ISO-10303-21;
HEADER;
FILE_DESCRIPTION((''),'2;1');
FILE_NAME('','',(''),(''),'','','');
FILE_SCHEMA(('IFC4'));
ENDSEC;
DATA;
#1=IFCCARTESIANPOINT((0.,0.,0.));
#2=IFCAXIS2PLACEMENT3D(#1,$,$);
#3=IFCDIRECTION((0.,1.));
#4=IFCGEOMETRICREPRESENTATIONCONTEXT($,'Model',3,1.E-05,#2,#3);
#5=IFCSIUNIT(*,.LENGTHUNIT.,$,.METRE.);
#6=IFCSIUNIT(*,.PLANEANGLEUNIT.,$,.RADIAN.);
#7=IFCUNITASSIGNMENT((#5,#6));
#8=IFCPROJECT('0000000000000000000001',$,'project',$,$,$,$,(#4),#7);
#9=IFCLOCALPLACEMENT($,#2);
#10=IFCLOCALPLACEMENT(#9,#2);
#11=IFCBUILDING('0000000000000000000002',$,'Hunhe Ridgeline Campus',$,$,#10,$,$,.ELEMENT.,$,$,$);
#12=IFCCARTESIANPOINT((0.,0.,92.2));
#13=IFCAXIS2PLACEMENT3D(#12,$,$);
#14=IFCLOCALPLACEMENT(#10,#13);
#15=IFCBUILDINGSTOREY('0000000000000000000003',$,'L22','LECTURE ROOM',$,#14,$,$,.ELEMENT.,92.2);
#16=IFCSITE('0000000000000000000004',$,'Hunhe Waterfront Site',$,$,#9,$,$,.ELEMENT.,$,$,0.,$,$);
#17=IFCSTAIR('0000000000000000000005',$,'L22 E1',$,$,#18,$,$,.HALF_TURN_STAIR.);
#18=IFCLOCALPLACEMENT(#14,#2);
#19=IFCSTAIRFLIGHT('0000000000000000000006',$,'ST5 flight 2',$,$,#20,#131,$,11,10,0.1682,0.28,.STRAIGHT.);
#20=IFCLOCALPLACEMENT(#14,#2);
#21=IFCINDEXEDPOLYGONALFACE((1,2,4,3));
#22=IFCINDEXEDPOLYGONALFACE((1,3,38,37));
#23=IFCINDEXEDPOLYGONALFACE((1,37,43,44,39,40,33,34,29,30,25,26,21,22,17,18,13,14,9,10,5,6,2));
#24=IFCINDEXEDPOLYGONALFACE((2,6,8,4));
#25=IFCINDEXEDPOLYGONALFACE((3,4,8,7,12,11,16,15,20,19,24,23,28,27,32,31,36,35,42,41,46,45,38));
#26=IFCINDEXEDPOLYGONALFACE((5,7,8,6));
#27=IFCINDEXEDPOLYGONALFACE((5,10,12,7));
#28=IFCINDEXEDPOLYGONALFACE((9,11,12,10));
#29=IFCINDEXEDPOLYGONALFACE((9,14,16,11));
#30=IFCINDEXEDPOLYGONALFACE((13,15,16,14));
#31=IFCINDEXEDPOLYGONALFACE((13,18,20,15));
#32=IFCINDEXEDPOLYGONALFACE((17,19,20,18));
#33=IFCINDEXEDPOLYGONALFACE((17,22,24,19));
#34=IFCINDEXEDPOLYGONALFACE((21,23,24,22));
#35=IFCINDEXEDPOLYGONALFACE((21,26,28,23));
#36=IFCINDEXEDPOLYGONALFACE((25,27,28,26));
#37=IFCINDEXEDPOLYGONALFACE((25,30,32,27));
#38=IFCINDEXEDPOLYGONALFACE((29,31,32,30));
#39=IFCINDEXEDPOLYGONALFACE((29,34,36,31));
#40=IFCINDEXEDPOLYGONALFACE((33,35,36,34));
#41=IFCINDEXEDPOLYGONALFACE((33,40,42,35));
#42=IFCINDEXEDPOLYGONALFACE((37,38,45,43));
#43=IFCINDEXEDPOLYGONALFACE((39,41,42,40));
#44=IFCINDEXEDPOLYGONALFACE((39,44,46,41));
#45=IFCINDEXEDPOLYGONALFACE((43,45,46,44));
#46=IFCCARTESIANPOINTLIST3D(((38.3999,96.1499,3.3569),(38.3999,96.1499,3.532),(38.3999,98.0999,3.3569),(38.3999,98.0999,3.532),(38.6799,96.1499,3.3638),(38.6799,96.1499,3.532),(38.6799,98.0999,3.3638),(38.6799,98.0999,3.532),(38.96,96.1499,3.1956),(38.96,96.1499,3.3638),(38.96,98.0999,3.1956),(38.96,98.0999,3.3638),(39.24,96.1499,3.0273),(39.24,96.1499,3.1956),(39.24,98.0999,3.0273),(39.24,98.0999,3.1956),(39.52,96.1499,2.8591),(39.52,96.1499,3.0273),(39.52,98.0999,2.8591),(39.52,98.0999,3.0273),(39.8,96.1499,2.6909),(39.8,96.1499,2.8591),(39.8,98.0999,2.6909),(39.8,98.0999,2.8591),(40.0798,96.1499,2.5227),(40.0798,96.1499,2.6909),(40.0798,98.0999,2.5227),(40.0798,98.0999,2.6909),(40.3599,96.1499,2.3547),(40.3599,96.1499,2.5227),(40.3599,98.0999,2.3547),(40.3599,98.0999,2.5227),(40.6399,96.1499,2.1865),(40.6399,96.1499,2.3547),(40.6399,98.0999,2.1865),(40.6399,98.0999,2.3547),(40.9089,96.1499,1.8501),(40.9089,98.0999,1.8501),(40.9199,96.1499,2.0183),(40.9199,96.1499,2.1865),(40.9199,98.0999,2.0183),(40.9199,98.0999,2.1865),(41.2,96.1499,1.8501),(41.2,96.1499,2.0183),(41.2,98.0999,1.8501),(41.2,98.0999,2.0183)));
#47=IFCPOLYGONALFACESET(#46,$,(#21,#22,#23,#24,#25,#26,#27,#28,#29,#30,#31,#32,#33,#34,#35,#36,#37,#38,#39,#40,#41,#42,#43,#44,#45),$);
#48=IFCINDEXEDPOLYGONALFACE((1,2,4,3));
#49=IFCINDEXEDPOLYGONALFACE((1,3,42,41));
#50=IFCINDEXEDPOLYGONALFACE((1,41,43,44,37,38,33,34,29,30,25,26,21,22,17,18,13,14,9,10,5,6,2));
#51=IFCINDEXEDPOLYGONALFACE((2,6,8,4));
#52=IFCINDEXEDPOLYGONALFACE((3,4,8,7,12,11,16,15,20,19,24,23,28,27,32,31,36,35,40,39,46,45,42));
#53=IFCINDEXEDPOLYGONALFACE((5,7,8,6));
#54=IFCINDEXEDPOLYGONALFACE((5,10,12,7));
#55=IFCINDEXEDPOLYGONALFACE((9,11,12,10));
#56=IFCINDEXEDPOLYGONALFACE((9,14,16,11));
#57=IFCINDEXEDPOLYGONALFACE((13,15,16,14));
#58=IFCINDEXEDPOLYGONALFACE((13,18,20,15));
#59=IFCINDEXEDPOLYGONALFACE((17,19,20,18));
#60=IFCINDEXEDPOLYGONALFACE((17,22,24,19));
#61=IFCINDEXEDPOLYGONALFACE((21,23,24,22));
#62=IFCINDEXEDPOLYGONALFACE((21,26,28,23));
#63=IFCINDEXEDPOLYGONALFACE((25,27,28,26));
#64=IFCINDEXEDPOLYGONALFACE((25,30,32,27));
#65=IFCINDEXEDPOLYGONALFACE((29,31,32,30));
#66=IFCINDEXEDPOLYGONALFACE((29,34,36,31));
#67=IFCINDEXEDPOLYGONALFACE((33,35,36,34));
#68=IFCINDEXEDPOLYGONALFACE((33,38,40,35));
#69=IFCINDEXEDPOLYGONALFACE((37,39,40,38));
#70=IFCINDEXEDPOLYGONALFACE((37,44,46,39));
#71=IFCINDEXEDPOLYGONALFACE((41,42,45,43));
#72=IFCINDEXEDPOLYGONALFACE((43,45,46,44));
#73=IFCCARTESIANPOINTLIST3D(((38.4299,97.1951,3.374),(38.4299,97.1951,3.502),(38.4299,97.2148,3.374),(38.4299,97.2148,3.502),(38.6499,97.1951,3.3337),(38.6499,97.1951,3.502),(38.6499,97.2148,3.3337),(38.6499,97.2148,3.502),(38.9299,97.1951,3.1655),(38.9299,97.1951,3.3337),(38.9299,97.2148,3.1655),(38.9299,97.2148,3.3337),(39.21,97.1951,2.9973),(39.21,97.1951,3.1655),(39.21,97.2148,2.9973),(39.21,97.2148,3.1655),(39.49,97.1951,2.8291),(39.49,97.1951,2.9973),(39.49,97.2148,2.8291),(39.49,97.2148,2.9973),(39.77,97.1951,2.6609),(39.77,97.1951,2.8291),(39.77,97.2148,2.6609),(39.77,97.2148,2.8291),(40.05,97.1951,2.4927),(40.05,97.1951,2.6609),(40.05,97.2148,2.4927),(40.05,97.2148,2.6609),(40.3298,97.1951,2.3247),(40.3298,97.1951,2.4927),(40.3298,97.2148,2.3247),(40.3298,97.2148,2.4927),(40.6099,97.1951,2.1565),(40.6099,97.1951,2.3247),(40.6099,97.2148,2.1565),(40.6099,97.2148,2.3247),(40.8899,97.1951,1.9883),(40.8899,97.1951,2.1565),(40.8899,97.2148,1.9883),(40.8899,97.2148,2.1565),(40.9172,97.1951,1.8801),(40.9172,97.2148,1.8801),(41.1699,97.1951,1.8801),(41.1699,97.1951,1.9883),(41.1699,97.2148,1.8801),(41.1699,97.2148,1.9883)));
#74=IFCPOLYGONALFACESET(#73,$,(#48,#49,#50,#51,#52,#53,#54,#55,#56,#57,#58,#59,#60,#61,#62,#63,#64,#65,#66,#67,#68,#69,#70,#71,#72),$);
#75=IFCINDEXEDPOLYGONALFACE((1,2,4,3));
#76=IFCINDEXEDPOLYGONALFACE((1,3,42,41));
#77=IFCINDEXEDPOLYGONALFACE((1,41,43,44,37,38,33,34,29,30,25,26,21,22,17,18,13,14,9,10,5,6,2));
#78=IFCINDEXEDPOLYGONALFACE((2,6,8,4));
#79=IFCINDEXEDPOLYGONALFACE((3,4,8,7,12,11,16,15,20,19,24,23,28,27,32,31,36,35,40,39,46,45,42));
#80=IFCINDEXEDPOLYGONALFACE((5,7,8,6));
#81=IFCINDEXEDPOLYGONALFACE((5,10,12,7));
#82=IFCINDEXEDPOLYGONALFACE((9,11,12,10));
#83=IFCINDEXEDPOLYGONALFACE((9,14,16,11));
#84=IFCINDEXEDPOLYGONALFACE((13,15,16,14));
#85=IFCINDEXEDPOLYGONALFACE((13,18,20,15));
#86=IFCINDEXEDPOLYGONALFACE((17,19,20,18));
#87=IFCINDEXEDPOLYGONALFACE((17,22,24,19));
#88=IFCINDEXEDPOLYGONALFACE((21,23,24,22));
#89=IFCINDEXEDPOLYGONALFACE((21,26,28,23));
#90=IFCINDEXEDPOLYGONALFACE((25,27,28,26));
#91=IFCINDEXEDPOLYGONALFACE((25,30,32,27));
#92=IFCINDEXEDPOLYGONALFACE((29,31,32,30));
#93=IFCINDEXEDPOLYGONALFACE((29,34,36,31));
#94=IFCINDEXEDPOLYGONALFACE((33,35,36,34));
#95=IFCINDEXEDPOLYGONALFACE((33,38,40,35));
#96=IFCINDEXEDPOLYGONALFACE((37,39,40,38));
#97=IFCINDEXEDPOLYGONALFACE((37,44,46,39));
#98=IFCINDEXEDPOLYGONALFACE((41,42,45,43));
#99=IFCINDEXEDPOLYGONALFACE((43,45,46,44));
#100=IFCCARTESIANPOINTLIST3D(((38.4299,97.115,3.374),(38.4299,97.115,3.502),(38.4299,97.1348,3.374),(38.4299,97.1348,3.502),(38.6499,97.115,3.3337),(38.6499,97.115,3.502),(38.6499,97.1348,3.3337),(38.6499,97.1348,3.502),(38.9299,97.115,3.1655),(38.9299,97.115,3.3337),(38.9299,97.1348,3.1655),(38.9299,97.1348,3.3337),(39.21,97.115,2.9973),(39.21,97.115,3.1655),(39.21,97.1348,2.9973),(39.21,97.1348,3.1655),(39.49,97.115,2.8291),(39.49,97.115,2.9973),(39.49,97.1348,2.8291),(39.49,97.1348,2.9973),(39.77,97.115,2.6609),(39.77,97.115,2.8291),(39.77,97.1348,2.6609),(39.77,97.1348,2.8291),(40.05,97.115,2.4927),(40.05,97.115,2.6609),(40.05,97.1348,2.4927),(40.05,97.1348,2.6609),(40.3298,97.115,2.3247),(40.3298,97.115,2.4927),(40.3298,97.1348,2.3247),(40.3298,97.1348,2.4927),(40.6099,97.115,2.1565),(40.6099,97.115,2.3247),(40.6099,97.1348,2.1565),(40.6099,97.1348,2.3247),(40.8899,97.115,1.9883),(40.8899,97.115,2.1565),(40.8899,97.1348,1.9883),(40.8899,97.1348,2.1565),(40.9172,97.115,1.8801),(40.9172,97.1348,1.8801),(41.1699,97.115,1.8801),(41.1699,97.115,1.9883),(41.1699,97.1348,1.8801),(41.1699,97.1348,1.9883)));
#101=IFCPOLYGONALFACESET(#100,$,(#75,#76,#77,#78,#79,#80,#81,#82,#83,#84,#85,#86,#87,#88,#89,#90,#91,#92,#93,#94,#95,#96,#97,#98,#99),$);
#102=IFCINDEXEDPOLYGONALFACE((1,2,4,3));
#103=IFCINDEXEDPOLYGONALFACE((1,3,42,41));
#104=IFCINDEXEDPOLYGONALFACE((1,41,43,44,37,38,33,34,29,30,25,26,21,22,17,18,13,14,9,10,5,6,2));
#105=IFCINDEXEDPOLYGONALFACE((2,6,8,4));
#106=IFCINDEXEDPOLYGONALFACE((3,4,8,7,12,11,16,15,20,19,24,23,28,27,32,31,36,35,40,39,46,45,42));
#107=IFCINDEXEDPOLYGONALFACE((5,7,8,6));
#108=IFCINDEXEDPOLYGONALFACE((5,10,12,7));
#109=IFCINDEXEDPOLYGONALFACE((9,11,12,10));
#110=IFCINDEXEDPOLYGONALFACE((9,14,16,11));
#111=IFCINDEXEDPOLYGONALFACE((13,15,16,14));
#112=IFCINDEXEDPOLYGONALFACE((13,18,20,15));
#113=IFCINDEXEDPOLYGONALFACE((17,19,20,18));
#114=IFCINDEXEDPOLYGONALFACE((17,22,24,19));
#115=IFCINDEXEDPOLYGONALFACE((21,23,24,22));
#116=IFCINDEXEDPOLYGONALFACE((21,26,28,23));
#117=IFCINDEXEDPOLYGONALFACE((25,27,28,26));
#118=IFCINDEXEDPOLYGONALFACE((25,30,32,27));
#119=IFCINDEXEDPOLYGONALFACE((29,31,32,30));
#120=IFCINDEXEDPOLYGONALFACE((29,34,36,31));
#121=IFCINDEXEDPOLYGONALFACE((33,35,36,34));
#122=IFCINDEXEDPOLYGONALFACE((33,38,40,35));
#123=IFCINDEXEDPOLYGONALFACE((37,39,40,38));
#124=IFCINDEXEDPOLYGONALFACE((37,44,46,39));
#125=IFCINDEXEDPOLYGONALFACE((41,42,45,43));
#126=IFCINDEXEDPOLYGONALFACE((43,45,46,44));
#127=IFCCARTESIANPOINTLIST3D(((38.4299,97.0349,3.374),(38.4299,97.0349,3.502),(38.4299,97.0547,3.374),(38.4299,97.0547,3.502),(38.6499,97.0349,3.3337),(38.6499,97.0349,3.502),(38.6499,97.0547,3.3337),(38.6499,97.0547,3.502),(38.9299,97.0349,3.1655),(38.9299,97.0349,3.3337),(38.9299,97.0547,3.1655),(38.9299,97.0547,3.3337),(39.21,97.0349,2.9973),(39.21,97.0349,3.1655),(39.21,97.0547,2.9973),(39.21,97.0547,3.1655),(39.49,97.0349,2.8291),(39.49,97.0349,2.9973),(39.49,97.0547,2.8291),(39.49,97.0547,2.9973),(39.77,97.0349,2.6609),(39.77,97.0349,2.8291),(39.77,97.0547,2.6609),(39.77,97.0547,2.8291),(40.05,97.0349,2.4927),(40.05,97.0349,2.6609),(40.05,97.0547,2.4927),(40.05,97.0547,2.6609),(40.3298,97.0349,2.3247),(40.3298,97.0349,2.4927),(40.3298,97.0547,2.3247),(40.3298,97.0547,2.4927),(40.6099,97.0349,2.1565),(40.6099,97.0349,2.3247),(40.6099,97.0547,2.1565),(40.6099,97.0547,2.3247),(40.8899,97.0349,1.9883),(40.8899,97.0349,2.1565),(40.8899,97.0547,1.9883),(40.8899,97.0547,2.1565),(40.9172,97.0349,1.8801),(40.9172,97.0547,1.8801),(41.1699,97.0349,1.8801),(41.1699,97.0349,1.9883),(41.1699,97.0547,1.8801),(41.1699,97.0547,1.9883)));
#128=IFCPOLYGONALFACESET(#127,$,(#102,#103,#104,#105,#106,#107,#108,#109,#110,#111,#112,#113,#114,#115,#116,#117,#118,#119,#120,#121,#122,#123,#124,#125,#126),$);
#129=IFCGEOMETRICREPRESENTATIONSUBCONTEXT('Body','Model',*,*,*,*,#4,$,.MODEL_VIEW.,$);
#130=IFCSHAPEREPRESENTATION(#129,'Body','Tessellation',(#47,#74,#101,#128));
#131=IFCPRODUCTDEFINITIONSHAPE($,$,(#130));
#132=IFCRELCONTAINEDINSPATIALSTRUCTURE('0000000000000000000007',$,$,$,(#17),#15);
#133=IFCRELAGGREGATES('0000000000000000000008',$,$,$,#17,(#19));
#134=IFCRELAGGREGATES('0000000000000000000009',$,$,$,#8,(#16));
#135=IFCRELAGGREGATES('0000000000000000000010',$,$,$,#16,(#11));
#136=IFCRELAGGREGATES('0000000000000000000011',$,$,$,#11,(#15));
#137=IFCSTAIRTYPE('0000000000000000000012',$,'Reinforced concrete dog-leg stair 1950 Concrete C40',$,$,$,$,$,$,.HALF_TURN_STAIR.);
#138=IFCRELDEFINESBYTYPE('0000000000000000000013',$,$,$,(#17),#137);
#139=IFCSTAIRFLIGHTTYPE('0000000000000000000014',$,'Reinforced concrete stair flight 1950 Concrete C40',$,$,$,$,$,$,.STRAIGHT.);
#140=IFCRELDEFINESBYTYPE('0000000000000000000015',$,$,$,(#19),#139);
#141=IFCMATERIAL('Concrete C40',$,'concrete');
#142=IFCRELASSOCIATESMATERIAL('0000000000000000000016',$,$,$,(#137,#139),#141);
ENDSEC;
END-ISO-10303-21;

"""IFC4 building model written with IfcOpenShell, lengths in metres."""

from ifc_helpers import new_model, si_unit, direction, frame, origin, place, context, subcontext, project, spatial, polyline, outline, extrude, material, type_object, element, aggregate, save


model = new_model("IFC4")

# Units and contexts
model_context = context("Model", 3, precision=1e-05, world=origin(), true_north=direction((0.0, 1.0)))
body_context = subcontext(model_context, "Body", "Model", "MODEL_VIEW")
ifc_project = project(units=[si_unit("LENGTHUNIT", "METRE"), si_unit("PLANEANGLEUNIT", "RADIAN")], contexts=[model_context])

# Site, building, storey
site_placement = place(None, origin())
site = spatial("IfcSite", under=ifc_project, at=site_placement, Name="Hunhe Waterfront Site", CompositionType="ELEMENT", RefElevation=0.0)
building_placement = place(site_placement, origin())
building = spatial("IfcBuilding", under=site, at=building_placement, Name="Hunhe Ridgeline Campus", CompositionType="ELEMENT")
storey_placement = place(building_placement, frame((0.0, 0.0, 92.2)))
storey = spatial("IfcBuildingStorey", under=building, at=storey_placement, Name="L22", Description="LECTURE ROOM", CompositionType="ELEMENT", Elevation=92.2)

# Shared definitions
ifc_material_1 = material(Name="Concrete C40", Category="concrete")
stair_type = type_object("IfcStairType", Name="Reinforced concrete dog-leg stair 1950 Concrete C40", PredefinedType="HALF_TURN_STAIR", material=ifc_material_1)
stair_flight_type = type_object("IfcStairFlightType", Name="Reinforced concrete stair flight 1950 Concrete C40", PredefinedType="STRAIGHT", material=ifc_material_1)

# Stair, stair flight
stair_1_placement = place(storey_placement, origin())
stair_1 = element("IfcStair", 1, at=stair_1_placement, inside=storey, type_object=stair_type, Name="L22 E1", PredefinedType="HALF_TURN_STAIR")
stair_flight_1_placement = place(storey_placement, frame((41.2, 97.125, 1.8501), z_axis=(0.0, 0.0, 1.0), x_axis=(-1.0, 0.0, 0.0)))
stair_flight_1 = element("IfcStairFlight", 2, at=stair_flight_1_placement, type_object=stair_flight_type, Name="ST5 flight 2", NumberOfRisers=11, NumberOfTreads=10, PredefinedType="STRAIGHT", RiserHeight=0.1682, TreadLength=0.28, context=body_context, shape_type="SweptSolid", body=[
    extrude(outline(polyline([(0.0, 0.0), (0.0, 0.1682), (0.28, 0.1682), (0.28, 0.3364), (0.5601, 0.3364), (0.5601, 0.5046), (0.8401, 0.5046), (0.8401, 0.6726), (1.1201, 0.6726), (1.1201, 0.8408), (1.3999, 0.8408), (1.3999, 1.009), (1.6799, 1.009), (1.6799, 1.1772), (1.96, 1.1772), (1.96, 1.3455), (2.24, 1.3455), (2.24, 1.5137), (2.52, 1.5137), (2.52, 1.6819), (2.8, 1.6819), (2.8, 1.8501), (2.8, 1.5068), (0.291, 0.0), (0.0, 0.0)])), frame((0.0, 0.9751, 0.0), z_axis=(0.0, -1.0, 0.0), x_axis=(1.0, 0.0, 0.0)), (0.0, 0.0, 1.0), 1.95),
    extrude(outline(polyline([(0.03, 0.03), (0.03, 0.1382), (0.3101, 0.1382), (0.3101, 0.3064), (0.5901, 0.3064), (0.5901, 0.4746), (0.8701, 0.4746), (0.8701, 0.6426), (1.1499, 0.6426), (1.1499, 0.8108), (1.4299, 0.8108), (1.4299, 0.979), (1.71, 0.979), (1.71, 1.1472), (1.99, 1.1472), (1.99, 1.3154), (2.27, 1.3154), (2.27, 1.4836), (2.55, 1.4836), (2.55, 1.6519), (2.77, 1.6519), (2.77, 1.5239), (0.2827, 0.03), (0.03, 0.03)])), frame((0.0, -0.0701, 0.0), z_axis=(0.0, -1.0, 0.0), x_axis=(1.0, 0.0, 0.0)), (0.0, 0.0, 1.0), 0.0198),
    extrude(outline(polyline([(0.03, 0.03), (0.03, 0.1382), (0.3101, 0.1382), (0.3101, 0.3064), (0.5901, 0.3064), (0.5901, 0.4746), (0.8701, 0.4746), (0.8701, 0.6426), (1.1499, 0.6426), (1.1499, 0.8108), (1.4299, 0.8108), (1.4299, 0.979), (1.71, 0.979), (1.71, 1.1472), (1.99, 1.1472), (1.99, 1.3154), (2.27, 1.3154), (2.27, 1.4836), (2.55, 1.4836), (2.55, 1.6519), (2.77, 1.6519), (2.77, 1.5239), (0.2827, 0.03), (0.03, 0.03)])), frame((0.0, 0.01, 0.0), z_axis=(0.0, -1.0, 0.0), x_axis=(1.0, 0.0, 0.0)), (0.0, 0.0, 1.0), 0.0198),
    extrude(outline(polyline([(0.03, 0.03), (0.03, 0.1382), (0.3101, 0.1382), (0.3101, 0.3064), (0.5901, 0.3064), (0.5901, 0.4746), (0.8701, 0.4746), (0.8701, 0.6426), (1.1499, 0.6426), (1.1499, 0.8108), (1.4299, 0.8108), (1.4299, 0.979), (1.71, 0.979), (1.71, 1.1472), (1.99, 1.1472), (1.99, 1.3154), (2.27, 1.3154), (2.27, 1.4836), (2.55, 1.4836), (2.55, 1.6519), (2.77, 1.6519), (2.77, 1.5239), (0.2827, 0.03), (0.03, 0.03)])), frame((0.0, 0.0901, 0.0), z_axis=(0.0, -1.0, 0.0), x_axis=(1.0, 0.0, 0.0)), (0.0, 0.0, 1.0), 0.0198),
])
aggregate(stair_1, [stair_flight_1])

save(model, "model.ifc")
